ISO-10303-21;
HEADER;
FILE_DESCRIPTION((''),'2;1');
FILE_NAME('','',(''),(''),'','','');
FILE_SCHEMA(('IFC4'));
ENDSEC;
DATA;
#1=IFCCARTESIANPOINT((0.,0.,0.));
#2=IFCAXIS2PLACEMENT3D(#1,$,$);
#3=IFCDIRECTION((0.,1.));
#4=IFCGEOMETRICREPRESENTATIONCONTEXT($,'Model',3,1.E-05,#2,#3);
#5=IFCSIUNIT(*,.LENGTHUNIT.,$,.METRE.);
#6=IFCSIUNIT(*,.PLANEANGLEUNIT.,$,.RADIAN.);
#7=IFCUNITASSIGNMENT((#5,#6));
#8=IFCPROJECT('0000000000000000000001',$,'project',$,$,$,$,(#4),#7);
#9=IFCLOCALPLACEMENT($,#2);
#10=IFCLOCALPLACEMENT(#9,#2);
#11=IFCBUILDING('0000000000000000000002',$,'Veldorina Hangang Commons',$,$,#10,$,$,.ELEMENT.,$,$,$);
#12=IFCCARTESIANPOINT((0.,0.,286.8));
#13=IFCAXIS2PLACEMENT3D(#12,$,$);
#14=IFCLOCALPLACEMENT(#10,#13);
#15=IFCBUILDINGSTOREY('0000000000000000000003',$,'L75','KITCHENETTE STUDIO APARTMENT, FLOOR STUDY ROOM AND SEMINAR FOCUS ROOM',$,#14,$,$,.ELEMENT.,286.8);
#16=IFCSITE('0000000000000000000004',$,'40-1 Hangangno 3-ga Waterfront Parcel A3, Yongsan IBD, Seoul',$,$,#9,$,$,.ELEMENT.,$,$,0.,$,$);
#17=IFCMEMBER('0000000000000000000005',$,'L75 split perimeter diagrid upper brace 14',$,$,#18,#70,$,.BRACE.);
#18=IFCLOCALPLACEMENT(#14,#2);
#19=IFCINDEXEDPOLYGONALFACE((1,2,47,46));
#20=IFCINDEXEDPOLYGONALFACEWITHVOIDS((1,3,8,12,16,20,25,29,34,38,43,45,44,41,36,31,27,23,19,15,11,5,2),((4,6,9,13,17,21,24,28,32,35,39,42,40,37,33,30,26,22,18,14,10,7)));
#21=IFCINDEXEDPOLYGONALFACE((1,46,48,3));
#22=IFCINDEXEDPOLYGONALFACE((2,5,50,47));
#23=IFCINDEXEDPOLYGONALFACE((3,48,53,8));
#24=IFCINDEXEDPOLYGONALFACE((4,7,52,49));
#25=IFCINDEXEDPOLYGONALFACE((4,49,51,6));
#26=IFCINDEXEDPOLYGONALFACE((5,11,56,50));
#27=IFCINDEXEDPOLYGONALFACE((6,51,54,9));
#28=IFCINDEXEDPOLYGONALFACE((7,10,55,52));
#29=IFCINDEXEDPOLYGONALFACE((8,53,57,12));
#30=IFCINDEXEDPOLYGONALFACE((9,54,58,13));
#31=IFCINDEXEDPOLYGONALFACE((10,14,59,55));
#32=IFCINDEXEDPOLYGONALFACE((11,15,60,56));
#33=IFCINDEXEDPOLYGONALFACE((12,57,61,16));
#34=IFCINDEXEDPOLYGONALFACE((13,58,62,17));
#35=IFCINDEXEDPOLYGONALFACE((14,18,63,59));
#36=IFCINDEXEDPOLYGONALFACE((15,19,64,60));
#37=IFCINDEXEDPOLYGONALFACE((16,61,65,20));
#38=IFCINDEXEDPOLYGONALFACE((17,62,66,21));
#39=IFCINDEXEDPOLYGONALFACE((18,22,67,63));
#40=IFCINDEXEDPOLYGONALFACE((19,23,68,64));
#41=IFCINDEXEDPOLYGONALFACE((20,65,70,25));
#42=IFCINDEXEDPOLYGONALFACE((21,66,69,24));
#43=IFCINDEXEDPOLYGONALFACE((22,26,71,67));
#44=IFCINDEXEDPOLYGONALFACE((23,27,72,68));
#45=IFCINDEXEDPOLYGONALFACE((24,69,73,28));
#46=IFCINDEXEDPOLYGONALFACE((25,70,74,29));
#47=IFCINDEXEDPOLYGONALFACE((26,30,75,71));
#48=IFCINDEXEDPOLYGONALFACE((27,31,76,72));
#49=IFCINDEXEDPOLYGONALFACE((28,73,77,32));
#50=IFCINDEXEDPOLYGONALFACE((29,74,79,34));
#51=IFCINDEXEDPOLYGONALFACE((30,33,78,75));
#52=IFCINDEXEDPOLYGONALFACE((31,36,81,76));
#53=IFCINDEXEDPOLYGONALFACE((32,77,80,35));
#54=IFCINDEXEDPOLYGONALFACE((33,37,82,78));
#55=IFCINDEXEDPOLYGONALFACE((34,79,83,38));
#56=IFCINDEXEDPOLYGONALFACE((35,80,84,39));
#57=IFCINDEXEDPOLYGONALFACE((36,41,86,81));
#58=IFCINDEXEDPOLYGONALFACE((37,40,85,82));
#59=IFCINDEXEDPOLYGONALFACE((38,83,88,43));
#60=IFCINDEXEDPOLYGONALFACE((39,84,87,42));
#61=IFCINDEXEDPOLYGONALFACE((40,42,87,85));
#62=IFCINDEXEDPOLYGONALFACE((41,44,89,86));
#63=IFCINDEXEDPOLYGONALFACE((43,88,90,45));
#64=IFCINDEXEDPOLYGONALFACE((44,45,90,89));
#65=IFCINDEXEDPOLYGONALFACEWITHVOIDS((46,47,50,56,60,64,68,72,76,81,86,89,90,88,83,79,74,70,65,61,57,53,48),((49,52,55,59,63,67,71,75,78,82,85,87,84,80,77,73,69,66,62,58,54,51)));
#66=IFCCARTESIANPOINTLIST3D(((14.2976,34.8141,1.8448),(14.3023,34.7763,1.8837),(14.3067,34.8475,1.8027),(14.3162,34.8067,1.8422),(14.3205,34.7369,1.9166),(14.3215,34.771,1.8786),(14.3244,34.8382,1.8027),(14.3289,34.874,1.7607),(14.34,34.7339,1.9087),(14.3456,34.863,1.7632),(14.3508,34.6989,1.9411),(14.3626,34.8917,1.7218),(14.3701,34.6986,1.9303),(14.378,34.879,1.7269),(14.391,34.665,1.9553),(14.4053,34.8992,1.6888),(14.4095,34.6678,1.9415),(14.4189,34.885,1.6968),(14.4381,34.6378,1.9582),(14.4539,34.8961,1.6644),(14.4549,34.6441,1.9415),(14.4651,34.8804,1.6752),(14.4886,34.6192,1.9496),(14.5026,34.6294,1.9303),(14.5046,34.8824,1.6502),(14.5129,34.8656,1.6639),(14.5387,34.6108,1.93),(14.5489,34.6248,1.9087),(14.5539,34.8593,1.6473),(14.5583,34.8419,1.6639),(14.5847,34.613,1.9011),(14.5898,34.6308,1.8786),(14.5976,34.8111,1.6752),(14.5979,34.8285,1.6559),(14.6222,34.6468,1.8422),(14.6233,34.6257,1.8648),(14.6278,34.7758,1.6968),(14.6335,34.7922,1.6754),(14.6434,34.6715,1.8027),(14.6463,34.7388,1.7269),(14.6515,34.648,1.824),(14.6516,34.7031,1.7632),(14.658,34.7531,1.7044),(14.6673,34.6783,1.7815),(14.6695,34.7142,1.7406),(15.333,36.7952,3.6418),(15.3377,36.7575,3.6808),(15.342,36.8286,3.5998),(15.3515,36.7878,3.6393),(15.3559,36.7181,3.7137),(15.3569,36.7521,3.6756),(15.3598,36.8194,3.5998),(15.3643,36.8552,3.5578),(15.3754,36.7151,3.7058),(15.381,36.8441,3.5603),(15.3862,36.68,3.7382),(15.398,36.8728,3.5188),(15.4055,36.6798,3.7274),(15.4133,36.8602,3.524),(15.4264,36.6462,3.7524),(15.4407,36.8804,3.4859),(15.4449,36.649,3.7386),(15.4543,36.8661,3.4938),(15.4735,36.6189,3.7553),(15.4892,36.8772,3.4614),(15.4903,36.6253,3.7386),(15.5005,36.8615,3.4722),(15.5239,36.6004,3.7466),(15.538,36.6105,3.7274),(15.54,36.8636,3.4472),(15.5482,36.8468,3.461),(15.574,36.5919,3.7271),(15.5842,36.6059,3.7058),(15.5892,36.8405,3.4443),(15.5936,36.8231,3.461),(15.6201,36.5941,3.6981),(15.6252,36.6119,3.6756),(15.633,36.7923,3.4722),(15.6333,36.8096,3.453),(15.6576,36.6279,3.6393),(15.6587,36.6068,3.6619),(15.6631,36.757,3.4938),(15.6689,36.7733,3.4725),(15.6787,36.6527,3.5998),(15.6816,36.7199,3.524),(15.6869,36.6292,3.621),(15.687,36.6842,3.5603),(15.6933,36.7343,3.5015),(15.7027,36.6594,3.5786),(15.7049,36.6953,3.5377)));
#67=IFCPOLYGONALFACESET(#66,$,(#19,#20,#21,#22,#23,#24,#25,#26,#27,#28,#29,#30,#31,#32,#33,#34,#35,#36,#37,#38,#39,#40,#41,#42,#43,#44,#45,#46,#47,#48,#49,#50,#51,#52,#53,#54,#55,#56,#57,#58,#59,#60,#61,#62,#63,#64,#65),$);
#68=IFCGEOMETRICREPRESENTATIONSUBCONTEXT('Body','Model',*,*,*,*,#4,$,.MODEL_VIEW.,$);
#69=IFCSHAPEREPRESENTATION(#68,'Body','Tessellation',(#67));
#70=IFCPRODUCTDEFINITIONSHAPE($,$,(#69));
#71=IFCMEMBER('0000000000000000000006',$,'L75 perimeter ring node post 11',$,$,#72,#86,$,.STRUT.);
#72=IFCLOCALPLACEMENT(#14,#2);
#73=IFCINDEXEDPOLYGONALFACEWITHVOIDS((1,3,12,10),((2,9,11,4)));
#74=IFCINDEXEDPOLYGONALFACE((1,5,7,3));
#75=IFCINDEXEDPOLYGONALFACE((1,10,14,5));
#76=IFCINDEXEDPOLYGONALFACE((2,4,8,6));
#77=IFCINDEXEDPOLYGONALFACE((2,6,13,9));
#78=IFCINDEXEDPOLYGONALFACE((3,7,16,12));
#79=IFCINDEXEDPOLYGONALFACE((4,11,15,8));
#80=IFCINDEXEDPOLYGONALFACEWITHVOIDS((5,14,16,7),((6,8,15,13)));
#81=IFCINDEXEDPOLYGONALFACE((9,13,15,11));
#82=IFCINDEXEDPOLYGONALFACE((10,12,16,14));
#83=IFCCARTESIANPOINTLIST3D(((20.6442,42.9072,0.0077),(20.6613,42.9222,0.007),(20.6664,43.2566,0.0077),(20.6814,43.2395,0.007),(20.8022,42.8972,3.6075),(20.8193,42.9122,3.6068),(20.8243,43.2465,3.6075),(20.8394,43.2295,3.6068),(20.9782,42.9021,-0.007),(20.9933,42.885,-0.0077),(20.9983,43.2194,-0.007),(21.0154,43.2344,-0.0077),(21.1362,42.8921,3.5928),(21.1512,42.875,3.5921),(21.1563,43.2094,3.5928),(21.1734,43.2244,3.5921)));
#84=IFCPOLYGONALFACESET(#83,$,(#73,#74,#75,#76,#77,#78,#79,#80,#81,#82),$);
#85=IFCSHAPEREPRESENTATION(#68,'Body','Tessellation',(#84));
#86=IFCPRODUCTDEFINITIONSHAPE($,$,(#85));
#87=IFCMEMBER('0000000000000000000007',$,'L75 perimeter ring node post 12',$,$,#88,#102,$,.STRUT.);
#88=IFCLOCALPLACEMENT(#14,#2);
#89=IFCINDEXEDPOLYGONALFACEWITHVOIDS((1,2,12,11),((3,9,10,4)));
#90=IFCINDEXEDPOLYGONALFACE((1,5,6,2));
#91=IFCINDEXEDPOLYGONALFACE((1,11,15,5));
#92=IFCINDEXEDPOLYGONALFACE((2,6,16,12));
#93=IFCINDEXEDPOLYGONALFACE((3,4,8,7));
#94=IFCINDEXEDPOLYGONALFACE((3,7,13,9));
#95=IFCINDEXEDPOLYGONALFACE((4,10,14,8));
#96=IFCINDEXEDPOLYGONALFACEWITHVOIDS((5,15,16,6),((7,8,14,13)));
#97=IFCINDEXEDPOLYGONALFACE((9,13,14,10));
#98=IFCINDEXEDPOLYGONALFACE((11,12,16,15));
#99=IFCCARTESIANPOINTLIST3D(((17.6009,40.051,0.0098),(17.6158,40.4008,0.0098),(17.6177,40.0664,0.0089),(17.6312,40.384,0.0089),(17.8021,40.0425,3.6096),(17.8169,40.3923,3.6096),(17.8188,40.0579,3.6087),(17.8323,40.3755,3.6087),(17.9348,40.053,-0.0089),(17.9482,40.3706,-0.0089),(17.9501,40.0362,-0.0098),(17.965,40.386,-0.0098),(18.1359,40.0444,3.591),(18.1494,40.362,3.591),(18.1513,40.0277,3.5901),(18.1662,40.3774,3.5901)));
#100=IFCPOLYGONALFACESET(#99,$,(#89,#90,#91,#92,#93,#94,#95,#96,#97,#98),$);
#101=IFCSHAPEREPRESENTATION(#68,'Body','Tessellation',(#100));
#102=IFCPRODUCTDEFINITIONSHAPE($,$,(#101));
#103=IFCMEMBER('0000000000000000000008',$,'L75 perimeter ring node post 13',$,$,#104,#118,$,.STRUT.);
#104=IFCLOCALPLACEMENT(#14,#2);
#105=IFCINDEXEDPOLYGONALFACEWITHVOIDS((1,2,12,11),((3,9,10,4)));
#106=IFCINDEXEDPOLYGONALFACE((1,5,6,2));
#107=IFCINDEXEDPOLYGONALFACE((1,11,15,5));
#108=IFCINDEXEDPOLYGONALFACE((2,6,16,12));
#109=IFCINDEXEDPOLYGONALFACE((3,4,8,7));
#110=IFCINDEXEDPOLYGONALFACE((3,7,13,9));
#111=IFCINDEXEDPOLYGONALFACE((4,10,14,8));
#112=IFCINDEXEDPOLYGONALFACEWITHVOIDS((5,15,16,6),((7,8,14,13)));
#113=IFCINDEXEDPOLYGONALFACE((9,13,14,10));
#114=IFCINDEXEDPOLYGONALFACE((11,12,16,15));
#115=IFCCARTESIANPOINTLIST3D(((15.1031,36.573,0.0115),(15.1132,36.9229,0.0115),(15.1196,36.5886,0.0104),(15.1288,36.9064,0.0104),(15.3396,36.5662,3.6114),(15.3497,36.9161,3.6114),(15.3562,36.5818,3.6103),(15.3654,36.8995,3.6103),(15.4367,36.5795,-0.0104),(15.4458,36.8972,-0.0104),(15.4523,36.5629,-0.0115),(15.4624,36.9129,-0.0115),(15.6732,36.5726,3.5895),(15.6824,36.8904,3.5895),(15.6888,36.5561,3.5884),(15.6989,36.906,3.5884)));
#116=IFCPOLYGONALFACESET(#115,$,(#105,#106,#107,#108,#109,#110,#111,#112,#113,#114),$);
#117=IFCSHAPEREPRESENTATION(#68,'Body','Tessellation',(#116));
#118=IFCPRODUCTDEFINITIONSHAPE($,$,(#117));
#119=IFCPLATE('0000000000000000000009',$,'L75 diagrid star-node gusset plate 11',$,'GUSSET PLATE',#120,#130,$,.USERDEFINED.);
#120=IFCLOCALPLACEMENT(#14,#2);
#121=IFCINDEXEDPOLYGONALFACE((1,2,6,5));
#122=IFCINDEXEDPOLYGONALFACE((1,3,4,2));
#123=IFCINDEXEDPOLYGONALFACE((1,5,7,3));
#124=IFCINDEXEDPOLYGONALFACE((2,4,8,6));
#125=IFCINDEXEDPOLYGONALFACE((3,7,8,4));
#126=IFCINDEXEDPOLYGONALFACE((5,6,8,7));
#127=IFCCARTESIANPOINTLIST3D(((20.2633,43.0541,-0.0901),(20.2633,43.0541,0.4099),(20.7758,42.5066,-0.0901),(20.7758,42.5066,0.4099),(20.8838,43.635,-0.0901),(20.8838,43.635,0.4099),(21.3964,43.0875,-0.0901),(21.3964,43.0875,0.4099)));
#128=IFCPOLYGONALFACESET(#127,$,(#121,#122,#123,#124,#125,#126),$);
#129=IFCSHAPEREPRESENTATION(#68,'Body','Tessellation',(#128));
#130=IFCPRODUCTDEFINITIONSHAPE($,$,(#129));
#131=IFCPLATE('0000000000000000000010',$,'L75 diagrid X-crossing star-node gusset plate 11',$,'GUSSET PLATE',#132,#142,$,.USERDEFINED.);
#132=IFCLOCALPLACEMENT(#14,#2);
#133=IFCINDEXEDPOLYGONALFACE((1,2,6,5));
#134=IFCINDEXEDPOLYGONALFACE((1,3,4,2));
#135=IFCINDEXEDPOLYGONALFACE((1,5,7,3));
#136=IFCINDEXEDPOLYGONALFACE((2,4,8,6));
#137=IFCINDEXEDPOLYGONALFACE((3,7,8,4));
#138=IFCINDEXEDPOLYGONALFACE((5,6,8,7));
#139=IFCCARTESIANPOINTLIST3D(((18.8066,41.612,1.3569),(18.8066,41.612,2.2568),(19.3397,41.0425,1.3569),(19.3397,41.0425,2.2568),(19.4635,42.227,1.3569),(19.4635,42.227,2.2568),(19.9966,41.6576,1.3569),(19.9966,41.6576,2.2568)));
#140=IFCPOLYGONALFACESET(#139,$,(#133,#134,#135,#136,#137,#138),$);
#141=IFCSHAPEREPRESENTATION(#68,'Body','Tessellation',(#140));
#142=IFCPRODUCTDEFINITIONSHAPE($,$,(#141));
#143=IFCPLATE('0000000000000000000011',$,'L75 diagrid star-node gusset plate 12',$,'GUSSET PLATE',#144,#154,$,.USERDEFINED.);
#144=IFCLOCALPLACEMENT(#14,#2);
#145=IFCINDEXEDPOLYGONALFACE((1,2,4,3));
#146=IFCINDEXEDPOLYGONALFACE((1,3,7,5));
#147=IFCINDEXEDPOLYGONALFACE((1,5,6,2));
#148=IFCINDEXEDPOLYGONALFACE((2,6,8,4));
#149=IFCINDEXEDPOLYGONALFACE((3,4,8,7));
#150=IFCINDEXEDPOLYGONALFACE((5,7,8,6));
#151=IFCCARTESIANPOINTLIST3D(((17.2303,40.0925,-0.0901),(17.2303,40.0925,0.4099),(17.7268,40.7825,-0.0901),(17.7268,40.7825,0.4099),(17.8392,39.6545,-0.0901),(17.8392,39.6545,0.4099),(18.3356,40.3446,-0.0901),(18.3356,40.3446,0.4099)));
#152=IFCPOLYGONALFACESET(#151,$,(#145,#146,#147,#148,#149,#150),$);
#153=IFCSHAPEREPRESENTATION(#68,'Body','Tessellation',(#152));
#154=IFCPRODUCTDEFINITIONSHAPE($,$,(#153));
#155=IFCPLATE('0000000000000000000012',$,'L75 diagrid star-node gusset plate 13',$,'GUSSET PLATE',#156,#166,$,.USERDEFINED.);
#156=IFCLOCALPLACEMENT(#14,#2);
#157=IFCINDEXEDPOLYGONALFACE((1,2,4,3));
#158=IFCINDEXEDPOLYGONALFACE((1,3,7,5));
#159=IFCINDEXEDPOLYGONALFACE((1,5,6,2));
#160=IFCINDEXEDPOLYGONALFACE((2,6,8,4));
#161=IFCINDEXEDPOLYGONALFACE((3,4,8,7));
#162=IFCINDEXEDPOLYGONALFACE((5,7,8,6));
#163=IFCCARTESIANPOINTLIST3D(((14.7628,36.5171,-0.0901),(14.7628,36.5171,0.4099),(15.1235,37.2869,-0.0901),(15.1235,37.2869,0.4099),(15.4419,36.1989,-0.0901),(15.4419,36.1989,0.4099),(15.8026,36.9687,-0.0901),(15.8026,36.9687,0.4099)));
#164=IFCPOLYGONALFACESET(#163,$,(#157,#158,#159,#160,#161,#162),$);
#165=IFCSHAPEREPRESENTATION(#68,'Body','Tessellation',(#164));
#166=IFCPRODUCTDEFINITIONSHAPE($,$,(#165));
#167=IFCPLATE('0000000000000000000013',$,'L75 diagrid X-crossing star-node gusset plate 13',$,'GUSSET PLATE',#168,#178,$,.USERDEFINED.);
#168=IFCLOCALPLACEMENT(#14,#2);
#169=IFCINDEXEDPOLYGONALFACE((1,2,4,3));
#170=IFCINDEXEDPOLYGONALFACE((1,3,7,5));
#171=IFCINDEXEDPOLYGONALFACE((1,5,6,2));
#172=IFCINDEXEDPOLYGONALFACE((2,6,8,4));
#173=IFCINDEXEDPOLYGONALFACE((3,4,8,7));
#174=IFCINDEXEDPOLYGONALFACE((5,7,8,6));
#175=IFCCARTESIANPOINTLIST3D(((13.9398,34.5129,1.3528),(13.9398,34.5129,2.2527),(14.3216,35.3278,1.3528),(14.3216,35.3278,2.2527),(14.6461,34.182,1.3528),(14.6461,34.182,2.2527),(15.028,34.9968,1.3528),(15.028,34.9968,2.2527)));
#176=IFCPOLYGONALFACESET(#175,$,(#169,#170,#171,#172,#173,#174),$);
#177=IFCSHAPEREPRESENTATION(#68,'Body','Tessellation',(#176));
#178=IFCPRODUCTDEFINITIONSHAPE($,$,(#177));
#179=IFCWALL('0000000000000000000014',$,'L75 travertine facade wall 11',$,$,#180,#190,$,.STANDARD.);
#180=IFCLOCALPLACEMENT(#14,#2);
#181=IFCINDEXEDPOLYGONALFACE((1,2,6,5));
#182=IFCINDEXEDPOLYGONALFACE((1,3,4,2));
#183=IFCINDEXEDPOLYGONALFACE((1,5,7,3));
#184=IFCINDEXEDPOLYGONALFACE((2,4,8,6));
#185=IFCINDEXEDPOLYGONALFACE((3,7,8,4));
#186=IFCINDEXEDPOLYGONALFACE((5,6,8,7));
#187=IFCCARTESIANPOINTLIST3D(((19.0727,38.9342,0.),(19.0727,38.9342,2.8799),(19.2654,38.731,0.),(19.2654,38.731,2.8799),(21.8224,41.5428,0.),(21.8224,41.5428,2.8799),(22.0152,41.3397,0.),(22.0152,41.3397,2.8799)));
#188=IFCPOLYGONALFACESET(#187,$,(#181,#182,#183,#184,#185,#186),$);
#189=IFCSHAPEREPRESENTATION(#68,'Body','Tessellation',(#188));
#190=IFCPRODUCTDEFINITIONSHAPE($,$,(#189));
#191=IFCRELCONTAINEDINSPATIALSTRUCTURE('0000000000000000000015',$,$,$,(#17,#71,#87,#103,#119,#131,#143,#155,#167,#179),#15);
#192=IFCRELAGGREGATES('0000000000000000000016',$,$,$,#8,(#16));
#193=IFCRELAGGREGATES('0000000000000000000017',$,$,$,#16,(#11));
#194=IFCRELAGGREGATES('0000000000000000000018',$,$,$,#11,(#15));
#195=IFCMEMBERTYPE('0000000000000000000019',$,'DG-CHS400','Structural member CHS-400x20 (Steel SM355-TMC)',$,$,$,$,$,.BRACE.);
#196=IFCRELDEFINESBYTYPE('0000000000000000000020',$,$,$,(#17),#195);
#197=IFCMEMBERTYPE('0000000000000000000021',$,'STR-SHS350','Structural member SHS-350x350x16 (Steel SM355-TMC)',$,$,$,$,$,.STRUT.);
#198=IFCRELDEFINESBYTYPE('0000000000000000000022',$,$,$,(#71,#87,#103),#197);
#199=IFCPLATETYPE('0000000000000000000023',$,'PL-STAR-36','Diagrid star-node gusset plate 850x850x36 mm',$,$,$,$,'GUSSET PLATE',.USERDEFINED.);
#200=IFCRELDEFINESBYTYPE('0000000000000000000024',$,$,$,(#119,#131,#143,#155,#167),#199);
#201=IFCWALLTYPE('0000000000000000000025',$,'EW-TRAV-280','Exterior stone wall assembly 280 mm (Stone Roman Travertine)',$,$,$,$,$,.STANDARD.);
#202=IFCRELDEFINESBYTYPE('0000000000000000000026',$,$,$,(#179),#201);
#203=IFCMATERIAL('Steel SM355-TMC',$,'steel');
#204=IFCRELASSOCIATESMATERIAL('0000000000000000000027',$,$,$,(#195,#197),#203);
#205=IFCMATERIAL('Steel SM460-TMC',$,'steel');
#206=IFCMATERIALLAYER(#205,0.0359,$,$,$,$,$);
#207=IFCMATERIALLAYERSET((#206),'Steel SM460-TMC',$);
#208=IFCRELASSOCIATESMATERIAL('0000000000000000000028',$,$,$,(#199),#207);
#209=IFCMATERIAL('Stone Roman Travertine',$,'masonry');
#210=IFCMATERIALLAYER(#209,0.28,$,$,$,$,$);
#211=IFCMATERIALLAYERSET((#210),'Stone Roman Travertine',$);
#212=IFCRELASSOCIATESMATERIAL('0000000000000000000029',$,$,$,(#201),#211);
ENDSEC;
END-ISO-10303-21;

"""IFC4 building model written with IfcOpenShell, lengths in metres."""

from ifc_helpers import new_model, si_unit, direction, frame, frame_2d, origin, origin_2d, place, context, subcontext, project, spatial, rectangle, hollow_rectangle, hollow_circle, extrude, material, layer, layer_set, material_profile, profile_set, type_object, element, save


model = new_model("IFC4")

# Units and contexts
model_context = context("Model", 3, precision=1e-05, world=origin(), true_north=direction((0.0, 1.0)))
body_context = subcontext(model_context, "Body", "Model", "MODEL_VIEW")
ifc_project = project(units=[si_unit("LENGTHUNIT", "METRE"), si_unit("PLANEANGLEUNIT", "RADIAN")], contexts=[model_context])

# Site, building, storey
site_placement = place(None, origin())
site = spatial("IfcSite", under=ifc_project, at=site_placement, Name="40-1 Hangangno 3-ga Waterfront Parcel A3, Yongsan IBD, Seoul", CompositionType="ELEMENT", RefElevation=0.0)
building_placement = place(site_placement, origin())
building = spatial("IfcBuilding", under=site, at=building_placement, Name="Veldorina Hangang Commons", CompositionType="ELEMENT")
storey_placement = place(building_placement, frame((0.0, 0.0, 286.8)))
storey = spatial("IfcBuildingStorey", under=building, at=storey_placement, Name="L75", Description="KITCHENETTE STUDIO APARTMENT, FLOOR STUDY ROOM AND SEMINAR FOCUS ROOM", CompositionType="ELEMENT", Elevation=286.8)

# Shared definitions
ifc_material_1 = material(Name="Steel SM355-TMC", Category="steel")

# Members
ifc_material_profile_1 = material_profile(ifc_material_1, hollow_circle(Radius=0.2, WallThickness=0.02, at=origin_2d()), Name="CHS-400x20")
ifc_profile_set_1 = profile_set([ifc_material_profile_1], Name="Steel SM355-TMC")
member_type_1 = type_object("IfcMemberType", Name="DG-CHS400", Description="Structural member CHS-400x20 (Steel SM355-TMC)", PredefinedType="BRACE", material=ifc_profile_set_1)
member_1_placement = place(storey_placement, frame((14.4839, 34.7549, 1.8027), z_axis=(0.360987, 0.690736, 0.626556), x_axis=(-0.886267, 0.463174, 0.0)))
element("IfcMember", 1, at=member_1_placement, inside=storey, type_object=member_type_1, Name="L75 split perimeter diagrid upper brace 14", PredefinedType="BRACE", context=body_context, shape_type="SweptSolid", body=[
    extrude(hollow_circle(Radius=0.2, WallThickness=0.02, at=origin_2d()), origin(), (0.0, 0.0, 1.0), 2.8682),
])
ifc_material_profile_2 = material_profile(ifc_material_1, hollow_rectangle(XDim=0.3501, YDim=0.3501, WallThickness=0.0161, at=origin_2d()), Name="SHS-350x350x16")
ifc_profile_set_2 = profile_set([ifc_material_profile_2], Name="Steel SM355-TMC")
member_type_2 = type_object("IfcMemberType", Name="STR-SHS350", Description="Structural member SHS-350x350x16 (Steel SM355-TMC)", PredefinedType="STRUT", material=ifc_profile_set_2)
member_2_placement = place(storey_placement, frame((20.8298, 43.0708, 0.0), z_axis=(0.043837, -0.002778, 0.999035), x_axis=(0.063243, 0.997998, 0.0)))
element("IfcMember", 2, at=member_2_placement, inside=storey, type_object=member_type_2, Name="L75 perimeter ring node post 11", PredefinedType="STRUT", context=body_context, shape_type="SweptSolid", body=[
    extrude(hollow_rectangle(XDim=0.3501, YDim=0.3501, WallThickness=0.0161, at=origin_2d()), origin(), (0.0, 0.0, 1.0), 3.6033),
])
member_3_placement = place(storey_placement, frame((17.783, 40.2185, 0.0), z_axis=(0.055796, -0.00237, 0.998439), x_axis=(0.042437, 0.999099, 0.0)))
element("IfcMember", 3, at=member_3_placement, inside=storey, type_object=member_type_2, Name="L75 perimeter ring node post 12", PredefinedType="STRUT", context=body_context, shape_type="SweptSolid", body=[
    extrude(hollow_rectangle(XDim=0.3501, YDim=0.3501, WallThickness=0.0161, at=origin_2d()), origin(), (0.0, 0.0, 1.0), 3.6055),
])
member_4_placement = place(storey_placement, frame((15.2827, 36.7429, 0.0), z_axis=(0.065576, -0.001895, 0.997846), x_axis=(0.028884, 0.999583, 0.0)))
element("IfcMember", 4, at=member_4_placement, inside=storey, type_object=member_type_2, Name="L75 perimeter ring node post 13", PredefinedType="STRUT", context=body_context, shape_type="SweptSolid", body=[
    extrude(hollow_rectangle(XDim=0.3501, YDim=0.3501, WallThickness=0.0161, at=origin_2d()), origin(), (0.0, 0.0, 1.0), 3.6077),
])

# Plates
ifc_material_2 = material(Name="Steel SM460-TMC", Category="steel")
ifc_layer_1 = layer(ifc_material_2, 0.0359)
ifc_layer_set_1 = layer_set([ifc_layer_1], Name="Steel SM460-TMC")
plate_type = type_object("IfcPlateType", Name="PL-STAR-36", Description="Diagrid star-node gusset plate 850x850x36 mm", ElementType="GUSSET PLATE", PredefinedType="USERDEFINED", material=ifc_layer_set_1)
plate_1_placement = place(storey_placement, frame((20.8298, 43.0708, -0.0901), z_axis=(0.0, 0.0, 1.0), x_axis=(-0.730007, -0.683439, 0.0)))
element("IfcPlate", 5, at=plate_1_placement, inside=storey, type_object=plate_type, Name="L75 diagrid star-node gusset plate 11", ObjectType="GUSSET PLATE", PredefinedType="USERDEFINED", context=body_context, shape_type="SweptSolid", body=[
    extrude(rectangle(XDim=0.8501, YDim=0.75, at=origin_2d()), origin(), (0.0, 0.0, 1.0), 0.5),
])
plate_2_placement = place(storey_placement, frame((19.4016, 41.6348, 1.3569), z_axis=(0.0, 0.0, 1.0), x_axis=(-0.730007, -0.683439, 0.0)))
element("IfcPlate", 6, at=plate_2_placement, inside=storey, type_object=plate_type, Name="L75 diagrid X-crossing star-node gusset plate 11", ObjectType="GUSSET PLATE", PredefinedType="USERDEFINED", context=body_context, shape_type="SweptSolid", body=[
    extrude(rectangle(XDim=0.8999, YDim=0.78, at=origin_2d()), origin(), (0.0, 0.0, 1.0), 0.8999),
])
for number, where, z_axis, x_axis, name in (
    (7, (17.783, 40.2185, -0.0901), (0.0, 0.0, 1.0), (-0.583981, -0.811768, 0.0), "L75 diagrid star-node gusset plate 12"),
    (8, (15.2827, 36.7429, -0.0901), (0.0, 0.0, 1.0), (-0.424294, -0.905524, 0.0), "L75 diagrid star-node gusset plate 13"),
):
    element("IfcPlate", number, at=place(storey_placement, frame(where, z_axis=z_axis, x_axis=x_axis)), inside=storey, type_object=plate_type, Name=name, ObjectType="GUSSET PLATE", PredefinedType="USERDEFINED", context=body_context, shape_type="SweptSolid", body=[
        extrude(rectangle(XDim=0.8501, YDim=0.75, at=origin_2d()), origin(), (0.0, 0.0, 1.0), 0.5),
    ])
plate_3_placement = place(storey_placement, frame((14.4839, 34.7549, 1.3528), z_axis=(0.0, 0.0, 1.0), x_axis=(-0.424294, -0.905524, 0.0)))
element("IfcPlate", 9, at=plate_3_placement, inside=storey, type_object=plate_type, Name="L75 diagrid X-crossing star-node gusset plate 13", ObjectType="GUSSET PLATE", PredefinedType="USERDEFINED", context=body_context, shape_type="SweptSolid", body=[
    extrude(rectangle(XDim=0.8999, YDim=0.78, at=origin_2d()), origin(), (0.0, 0.0, 1.0), 0.8999),
])

# Wall
ifc_material_3 = material(Name="Stone Roman Travertine", Category="masonry")
ifc_layer_2 = layer(ifc_material_3, 0.28)
ifc_layer_set_2 = layer_set([ifc_layer_2], Name="Stone Roman Travertine")
wall_type_1 = type_object("IfcWallType", Name="EW-TRAV-280", Description="Exterior stone wall assembly 280 mm (Stone Roman Travertine)", PredefinedType="STANDARD", material=ifc_layer_set_2)
wall_1_placement = place(storey_placement, frame((21.9187, 41.4412, 0.0), z_axis=(0.0, 0.0, 1.0), x_axis=(-0.725477, -0.688247, 0.0)))
element("IfcWall", 10, at=wall_1_placement, inside=storey, type_object=wall_type_1, Name="L75 travertine facade wall 11", PredefinedType="STANDARD", context=body_context, shape_type="SweptSolid", body=[
    extrude(rectangle(XDim=3.7903, YDim=0.28, at=frame_2d((1.895, 0.0))), origin(), (0.0, 0.0, 1.0), 2.8799),
])

save(model, "model.ifc")
